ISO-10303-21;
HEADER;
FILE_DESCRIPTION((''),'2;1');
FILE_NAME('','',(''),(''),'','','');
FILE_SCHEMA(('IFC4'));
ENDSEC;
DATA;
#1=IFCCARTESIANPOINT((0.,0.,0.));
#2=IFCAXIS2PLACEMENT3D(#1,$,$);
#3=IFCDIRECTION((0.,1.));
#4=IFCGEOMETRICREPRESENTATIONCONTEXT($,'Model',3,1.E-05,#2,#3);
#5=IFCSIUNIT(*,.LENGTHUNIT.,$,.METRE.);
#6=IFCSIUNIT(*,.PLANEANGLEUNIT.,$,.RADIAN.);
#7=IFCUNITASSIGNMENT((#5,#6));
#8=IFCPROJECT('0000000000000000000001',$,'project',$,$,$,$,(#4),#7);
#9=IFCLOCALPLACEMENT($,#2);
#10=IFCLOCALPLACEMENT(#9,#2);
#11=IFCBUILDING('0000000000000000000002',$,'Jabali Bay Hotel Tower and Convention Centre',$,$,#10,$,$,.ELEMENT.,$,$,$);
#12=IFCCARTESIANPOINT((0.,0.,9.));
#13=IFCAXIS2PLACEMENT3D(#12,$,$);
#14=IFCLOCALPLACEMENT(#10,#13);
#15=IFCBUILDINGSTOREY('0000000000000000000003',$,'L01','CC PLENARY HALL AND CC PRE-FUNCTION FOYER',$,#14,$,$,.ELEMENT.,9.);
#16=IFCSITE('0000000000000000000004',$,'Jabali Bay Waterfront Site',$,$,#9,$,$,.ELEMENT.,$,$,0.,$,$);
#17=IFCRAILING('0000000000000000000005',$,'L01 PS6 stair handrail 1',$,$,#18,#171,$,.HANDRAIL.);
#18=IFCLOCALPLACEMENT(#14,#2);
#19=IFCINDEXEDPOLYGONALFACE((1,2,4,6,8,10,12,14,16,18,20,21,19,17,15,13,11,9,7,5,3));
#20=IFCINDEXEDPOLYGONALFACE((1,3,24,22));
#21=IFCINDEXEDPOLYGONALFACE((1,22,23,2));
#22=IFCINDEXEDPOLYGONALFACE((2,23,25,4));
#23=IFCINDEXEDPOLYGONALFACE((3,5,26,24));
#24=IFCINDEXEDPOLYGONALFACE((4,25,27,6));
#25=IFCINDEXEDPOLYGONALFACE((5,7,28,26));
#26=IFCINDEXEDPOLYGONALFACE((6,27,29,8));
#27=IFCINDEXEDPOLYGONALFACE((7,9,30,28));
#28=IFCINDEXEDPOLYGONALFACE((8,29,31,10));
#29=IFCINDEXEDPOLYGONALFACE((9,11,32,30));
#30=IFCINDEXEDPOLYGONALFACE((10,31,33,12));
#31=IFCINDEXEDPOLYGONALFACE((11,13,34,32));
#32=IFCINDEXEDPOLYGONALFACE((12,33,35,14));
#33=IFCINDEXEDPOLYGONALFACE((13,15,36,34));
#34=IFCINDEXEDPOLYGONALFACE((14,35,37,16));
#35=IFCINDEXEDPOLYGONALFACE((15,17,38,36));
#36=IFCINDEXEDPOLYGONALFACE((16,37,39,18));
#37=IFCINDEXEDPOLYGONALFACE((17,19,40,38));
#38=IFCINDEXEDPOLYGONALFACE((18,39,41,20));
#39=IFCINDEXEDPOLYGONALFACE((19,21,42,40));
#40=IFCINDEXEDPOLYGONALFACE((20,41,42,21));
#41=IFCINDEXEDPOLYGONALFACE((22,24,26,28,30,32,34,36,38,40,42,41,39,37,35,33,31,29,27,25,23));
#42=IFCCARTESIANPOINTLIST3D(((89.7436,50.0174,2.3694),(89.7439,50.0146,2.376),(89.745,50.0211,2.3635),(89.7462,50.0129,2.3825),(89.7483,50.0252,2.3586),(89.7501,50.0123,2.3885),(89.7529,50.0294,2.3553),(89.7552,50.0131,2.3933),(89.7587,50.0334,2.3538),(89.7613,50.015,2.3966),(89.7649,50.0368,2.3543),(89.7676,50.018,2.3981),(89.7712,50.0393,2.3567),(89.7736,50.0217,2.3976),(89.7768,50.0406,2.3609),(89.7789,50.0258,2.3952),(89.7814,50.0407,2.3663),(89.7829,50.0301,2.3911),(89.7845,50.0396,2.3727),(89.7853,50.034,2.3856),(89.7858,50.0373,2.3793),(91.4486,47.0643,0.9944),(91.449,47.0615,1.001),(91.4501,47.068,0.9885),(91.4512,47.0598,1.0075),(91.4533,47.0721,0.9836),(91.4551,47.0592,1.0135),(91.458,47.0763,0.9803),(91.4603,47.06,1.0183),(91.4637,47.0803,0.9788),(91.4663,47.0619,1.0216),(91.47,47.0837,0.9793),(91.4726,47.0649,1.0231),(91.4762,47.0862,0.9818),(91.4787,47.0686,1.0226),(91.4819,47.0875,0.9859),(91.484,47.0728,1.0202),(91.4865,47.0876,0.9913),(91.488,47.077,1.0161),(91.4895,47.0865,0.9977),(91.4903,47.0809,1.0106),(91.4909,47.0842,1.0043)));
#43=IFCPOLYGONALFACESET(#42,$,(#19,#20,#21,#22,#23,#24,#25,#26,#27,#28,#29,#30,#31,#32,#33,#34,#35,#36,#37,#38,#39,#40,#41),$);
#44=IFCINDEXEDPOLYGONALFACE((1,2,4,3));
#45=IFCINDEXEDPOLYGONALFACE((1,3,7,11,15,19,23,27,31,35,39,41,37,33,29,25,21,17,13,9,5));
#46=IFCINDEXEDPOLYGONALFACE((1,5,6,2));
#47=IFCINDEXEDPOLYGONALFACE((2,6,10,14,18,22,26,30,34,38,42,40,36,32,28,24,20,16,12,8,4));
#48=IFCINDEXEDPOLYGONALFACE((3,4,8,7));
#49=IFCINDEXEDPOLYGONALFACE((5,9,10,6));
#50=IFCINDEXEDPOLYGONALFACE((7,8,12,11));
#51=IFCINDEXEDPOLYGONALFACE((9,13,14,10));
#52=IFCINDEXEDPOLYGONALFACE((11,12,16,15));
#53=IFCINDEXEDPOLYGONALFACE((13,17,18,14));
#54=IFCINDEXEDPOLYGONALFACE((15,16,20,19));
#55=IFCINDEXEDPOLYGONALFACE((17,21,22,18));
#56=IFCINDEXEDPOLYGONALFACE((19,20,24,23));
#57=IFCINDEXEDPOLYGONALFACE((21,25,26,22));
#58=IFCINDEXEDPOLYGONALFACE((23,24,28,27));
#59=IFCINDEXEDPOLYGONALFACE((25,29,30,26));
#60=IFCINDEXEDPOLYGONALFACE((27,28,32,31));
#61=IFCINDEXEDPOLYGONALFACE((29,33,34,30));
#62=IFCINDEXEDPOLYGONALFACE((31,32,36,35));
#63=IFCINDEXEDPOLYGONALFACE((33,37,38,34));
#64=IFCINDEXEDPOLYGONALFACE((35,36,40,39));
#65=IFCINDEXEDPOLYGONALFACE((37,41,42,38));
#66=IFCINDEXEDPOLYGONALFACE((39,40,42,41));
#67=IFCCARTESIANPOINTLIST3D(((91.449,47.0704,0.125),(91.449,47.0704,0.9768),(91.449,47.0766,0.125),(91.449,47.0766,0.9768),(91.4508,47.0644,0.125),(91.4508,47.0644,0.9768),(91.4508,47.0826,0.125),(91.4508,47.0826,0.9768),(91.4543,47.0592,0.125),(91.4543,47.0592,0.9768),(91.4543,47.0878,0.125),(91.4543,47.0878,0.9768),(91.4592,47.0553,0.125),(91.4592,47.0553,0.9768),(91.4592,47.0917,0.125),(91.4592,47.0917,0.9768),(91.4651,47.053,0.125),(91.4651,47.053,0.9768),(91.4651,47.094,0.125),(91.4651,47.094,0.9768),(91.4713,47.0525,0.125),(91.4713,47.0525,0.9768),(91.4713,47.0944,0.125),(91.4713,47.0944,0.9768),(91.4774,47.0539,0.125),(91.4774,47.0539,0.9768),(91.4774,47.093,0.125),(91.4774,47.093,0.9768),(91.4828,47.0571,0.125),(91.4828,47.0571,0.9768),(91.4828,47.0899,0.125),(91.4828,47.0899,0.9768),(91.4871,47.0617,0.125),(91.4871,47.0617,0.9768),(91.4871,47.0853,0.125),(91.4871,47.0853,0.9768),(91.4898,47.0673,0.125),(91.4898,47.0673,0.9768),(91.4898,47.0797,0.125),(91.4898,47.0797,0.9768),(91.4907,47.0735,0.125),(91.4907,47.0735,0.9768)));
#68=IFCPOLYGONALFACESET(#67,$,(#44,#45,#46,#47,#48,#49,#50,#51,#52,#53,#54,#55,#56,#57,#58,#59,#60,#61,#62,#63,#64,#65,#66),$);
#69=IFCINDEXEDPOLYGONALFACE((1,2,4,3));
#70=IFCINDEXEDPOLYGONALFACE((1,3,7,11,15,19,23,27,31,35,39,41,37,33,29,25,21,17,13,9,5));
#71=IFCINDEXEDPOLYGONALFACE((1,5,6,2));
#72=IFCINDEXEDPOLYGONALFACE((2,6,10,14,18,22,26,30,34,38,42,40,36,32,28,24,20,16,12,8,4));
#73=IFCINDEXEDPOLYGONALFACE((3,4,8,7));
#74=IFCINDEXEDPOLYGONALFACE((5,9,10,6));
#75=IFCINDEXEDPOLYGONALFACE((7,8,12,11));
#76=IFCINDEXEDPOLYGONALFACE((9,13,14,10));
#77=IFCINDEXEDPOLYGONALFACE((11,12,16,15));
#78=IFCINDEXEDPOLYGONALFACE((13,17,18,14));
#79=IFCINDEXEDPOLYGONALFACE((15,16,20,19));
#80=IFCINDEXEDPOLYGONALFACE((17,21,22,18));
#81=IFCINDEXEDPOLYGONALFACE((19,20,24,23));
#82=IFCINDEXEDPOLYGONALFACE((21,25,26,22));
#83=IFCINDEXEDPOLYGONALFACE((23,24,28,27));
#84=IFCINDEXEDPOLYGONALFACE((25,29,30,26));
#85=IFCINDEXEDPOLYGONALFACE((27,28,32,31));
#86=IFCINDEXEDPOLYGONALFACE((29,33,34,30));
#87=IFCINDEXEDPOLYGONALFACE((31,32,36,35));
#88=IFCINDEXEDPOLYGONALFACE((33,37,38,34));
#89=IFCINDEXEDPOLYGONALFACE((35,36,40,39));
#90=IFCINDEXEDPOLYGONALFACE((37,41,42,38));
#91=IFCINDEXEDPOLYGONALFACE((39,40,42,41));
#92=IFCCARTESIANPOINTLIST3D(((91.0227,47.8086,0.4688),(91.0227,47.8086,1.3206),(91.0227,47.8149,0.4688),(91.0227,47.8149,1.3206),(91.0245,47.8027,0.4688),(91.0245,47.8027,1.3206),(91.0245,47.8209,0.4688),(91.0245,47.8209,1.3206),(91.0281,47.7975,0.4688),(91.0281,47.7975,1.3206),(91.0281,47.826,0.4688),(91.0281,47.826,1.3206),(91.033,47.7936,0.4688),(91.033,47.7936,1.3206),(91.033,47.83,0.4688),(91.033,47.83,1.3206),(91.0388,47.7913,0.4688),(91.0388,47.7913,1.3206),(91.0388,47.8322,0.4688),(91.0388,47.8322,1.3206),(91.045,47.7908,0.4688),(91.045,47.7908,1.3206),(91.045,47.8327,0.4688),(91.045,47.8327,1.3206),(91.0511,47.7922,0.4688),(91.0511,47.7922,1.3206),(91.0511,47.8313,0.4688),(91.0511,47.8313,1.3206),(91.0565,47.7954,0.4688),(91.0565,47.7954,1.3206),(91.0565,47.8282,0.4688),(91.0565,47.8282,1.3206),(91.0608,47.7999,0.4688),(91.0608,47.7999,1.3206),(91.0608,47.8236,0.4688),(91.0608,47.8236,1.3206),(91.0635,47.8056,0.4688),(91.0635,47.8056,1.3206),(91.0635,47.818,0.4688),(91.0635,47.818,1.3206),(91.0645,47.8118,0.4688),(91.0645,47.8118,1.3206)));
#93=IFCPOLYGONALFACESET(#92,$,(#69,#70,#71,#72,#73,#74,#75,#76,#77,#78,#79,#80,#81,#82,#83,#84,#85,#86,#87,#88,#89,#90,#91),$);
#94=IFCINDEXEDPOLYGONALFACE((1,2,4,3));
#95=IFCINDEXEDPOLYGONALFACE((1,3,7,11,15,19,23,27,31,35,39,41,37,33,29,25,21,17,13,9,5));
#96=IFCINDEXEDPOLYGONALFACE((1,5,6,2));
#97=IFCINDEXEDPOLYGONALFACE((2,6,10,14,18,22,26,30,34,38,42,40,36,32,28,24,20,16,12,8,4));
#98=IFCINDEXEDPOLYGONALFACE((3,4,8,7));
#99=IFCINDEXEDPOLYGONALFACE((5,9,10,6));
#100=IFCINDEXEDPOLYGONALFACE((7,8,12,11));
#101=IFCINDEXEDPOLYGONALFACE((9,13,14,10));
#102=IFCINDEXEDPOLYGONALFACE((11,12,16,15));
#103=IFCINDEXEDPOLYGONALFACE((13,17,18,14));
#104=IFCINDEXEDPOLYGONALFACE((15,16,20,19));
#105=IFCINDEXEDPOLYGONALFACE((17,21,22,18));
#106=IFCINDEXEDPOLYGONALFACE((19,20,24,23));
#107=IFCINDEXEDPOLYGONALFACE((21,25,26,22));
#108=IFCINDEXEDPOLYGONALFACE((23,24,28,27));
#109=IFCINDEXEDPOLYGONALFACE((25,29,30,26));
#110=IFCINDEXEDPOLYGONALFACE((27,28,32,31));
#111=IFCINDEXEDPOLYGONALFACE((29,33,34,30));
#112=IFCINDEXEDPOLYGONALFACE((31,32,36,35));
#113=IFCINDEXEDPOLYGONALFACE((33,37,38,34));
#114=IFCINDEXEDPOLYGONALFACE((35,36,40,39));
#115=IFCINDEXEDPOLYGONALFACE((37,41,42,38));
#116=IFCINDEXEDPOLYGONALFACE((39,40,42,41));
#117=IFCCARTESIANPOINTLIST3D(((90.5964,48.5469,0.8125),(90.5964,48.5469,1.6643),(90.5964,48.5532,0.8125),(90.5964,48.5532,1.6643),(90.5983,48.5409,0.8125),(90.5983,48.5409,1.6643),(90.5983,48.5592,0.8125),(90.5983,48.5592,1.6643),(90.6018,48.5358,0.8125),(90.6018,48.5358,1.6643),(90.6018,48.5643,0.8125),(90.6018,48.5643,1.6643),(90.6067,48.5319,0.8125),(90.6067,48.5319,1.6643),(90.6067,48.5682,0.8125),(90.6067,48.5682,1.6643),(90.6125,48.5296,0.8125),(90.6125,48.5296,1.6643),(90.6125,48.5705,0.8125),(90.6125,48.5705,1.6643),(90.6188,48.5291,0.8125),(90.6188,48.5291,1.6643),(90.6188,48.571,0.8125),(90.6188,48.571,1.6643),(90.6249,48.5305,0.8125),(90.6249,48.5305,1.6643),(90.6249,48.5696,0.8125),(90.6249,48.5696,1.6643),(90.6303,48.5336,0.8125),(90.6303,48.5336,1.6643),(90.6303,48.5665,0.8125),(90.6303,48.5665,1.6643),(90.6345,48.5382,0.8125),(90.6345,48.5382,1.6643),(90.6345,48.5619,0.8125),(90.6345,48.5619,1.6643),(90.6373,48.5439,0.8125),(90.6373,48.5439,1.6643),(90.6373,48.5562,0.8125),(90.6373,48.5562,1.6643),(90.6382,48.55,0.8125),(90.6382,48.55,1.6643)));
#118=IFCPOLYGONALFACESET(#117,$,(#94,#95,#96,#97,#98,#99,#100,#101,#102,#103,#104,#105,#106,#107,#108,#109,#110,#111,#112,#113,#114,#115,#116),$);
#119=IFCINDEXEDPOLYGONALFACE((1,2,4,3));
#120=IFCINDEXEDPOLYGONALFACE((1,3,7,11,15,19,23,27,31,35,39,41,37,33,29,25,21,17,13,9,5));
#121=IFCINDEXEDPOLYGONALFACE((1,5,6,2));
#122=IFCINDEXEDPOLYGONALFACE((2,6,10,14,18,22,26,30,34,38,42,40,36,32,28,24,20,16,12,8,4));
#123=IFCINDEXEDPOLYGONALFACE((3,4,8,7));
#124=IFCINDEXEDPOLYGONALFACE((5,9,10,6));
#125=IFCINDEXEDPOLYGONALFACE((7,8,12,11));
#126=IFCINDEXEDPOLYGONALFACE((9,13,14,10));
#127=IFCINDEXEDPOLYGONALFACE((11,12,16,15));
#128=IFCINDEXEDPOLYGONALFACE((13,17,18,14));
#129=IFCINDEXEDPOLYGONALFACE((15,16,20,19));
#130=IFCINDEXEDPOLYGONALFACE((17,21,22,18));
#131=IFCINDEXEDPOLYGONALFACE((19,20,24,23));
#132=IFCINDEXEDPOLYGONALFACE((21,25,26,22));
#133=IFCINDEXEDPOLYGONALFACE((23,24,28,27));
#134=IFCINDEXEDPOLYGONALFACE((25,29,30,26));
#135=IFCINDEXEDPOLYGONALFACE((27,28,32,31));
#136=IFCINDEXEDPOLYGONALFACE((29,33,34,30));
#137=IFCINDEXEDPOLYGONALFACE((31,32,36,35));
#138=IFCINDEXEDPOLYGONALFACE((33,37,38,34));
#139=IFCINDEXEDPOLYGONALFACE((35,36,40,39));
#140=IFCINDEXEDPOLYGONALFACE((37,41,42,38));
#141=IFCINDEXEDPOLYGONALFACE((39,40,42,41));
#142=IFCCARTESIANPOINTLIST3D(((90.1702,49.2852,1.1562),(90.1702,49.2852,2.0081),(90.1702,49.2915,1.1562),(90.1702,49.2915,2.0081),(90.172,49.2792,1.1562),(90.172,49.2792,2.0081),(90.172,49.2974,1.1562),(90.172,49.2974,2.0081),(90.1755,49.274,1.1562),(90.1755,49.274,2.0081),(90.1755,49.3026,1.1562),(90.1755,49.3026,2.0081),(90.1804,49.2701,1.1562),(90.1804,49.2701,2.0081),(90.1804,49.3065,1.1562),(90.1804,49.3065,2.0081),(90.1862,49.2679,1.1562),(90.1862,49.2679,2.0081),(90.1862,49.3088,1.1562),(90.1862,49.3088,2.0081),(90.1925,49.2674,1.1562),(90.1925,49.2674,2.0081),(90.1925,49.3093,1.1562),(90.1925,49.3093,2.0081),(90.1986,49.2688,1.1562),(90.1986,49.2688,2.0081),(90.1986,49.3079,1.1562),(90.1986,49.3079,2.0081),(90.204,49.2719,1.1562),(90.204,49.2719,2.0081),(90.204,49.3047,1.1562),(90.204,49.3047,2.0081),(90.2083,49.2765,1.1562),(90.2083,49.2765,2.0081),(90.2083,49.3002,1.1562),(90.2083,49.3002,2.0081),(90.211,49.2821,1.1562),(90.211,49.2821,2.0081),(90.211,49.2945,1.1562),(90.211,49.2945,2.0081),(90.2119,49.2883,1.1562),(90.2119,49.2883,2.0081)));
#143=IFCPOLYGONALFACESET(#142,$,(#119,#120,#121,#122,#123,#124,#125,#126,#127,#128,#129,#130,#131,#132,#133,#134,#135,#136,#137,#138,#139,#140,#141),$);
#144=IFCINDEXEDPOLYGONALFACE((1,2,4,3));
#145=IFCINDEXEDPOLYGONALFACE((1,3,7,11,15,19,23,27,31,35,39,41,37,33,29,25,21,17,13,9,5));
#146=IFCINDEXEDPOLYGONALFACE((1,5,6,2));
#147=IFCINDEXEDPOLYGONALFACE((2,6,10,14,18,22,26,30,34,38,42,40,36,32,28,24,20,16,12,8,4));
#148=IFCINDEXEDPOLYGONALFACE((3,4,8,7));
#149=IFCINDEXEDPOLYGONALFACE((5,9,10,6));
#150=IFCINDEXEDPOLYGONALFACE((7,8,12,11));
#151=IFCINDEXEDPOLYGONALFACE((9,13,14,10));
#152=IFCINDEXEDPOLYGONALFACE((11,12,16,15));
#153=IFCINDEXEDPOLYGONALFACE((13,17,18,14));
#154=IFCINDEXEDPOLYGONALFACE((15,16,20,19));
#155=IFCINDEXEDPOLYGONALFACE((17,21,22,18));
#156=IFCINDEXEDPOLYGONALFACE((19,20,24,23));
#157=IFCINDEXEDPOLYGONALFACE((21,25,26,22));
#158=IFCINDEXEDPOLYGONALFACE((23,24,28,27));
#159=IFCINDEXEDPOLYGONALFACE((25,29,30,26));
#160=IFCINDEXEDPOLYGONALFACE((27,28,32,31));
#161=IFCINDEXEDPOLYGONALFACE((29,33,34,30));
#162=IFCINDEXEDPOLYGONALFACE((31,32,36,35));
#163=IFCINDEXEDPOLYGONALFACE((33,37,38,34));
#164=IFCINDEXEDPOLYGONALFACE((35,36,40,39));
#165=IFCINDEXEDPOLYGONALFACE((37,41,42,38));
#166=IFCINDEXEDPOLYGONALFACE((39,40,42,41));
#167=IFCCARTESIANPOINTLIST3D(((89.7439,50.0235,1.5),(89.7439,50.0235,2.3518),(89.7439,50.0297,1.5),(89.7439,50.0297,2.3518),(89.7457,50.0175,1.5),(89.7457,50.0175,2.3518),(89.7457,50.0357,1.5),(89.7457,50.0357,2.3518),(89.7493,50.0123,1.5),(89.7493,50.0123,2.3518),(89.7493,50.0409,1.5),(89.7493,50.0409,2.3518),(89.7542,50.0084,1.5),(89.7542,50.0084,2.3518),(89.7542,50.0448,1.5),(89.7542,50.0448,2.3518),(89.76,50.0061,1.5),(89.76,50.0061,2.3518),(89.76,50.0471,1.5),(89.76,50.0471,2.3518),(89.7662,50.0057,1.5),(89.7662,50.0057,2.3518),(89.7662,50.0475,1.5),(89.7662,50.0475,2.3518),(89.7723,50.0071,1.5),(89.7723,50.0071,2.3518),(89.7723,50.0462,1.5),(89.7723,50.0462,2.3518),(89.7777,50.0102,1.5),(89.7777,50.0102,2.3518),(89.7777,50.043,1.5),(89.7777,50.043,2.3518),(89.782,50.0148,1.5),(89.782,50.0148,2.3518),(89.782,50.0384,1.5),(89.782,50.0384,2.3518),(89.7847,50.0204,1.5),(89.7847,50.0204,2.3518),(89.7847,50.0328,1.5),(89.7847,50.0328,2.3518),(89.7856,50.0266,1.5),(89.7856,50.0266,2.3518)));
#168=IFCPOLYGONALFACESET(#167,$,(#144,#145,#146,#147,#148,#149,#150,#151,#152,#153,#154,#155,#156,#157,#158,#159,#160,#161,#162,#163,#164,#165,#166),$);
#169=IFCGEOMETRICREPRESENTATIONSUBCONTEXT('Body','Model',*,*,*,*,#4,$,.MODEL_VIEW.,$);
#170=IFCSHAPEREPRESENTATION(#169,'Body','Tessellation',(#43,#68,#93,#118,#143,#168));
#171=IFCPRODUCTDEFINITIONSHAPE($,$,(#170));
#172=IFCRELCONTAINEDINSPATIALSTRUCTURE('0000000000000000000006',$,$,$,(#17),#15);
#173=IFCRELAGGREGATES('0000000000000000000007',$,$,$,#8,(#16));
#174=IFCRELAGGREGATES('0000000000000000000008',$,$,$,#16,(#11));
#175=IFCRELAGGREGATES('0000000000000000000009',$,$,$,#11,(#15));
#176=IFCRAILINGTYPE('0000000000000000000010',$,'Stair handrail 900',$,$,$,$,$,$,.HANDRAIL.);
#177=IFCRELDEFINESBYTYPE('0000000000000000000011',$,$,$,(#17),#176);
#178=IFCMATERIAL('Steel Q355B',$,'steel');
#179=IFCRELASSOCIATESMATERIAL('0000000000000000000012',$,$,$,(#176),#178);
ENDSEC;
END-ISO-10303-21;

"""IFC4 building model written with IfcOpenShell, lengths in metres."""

from ifc_helpers import new_model, si_unit, direction, frame, origin, origin_2d, place, context, subcontext, project, spatial, circle, extrude, material, type_object, element, save


model = new_model("IFC4")

# Units and contexts
model_context = context("Model", 3, precision=1e-05, world=origin(), true_north=direction((0.0, 1.0)))
body_context = subcontext(model_context, "Body", "Model", "MODEL_VIEW")
ifc_project = project(units=[si_unit("LENGTHUNIT", "METRE"), si_unit("PLANEANGLEUNIT", "RADIAN")], contexts=[model_context])

# Site, building, storey
site_placement = place(None, origin())
site = spatial("IfcSite", under=ifc_project, at=site_placement, Name="Jabali Bay Waterfront Site", CompositionType="ELEMENT", RefElevation=0.0)
building_placement = place(site_placement, origin())
building = spatial("IfcBuilding", under=site, at=building_placement, Name="Jabali Bay Hotel Tower and Convention Centre", CompositionType="ELEMENT")
storey_placement = place(building_placement, frame((0.0, 0.0, 9.0)))
storey = spatial("IfcBuildingStorey", under=building, at=storey_placement, Name="L01", Description="CC PLENARY HALL AND CC PRE-FUNCTION FOYER", CompositionType="ELEMENT", Elevation=9.0)

# Railing
ifc_material_1 = material(Name="Steel Q355B", Category="steel")
railing_type_1 = type_object("IfcRailingType", Name="Stair handrail 900", PredefinedType="HANDRAIL", material=ifc_material_1)
for number, where, name in (
    (1, (91.4697, 47.0735, 0.125), "L01 PS6 stair handrail 1"),
):
    element("IfcRailing", number, at=place(storey_placement, frame(where)), inside=storey, type_object=railing_type_1, Name=name, PredefinedType="HANDRAIL", context=body_context, shape_type="SweptSolid", body=[
        extrude(circle(Radius=0.0239, at=origin_2d()), frame((0.0, 0.0, 0.876), z_axis=(-0.46374, 0.803178, 0.373966), x_axis=(-0.866014, -0.50002, 0.0)), (0.0, 0.0, 1.0), 3.6768),
        extrude(circle(Radius=0.021, at=origin_2d()), origin(), (0.0, 0.0, 1.0), 0.8518),
        extrude(circle(Radius=0.021, at=origin_2d()), frame((-0.4263, 0.7383, 0.3438)), (0.0, 0.0, 1.0), 0.8518),
        extrude(circle(Radius=0.021, at=origin_2d()), frame((-0.8525, 1.4766, 0.6875)), (0.0, 0.0, 1.0), 0.8518),
        extrude(circle(Radius=0.021, at=origin_2d()), frame((-1.2788, 2.2148, 1.0312)), (0.0, 0.0, 1.0), 0.8518),
        extrude(circle(Radius=0.021, at=origin_2d()), frame((-1.7051, 2.9531, 1.375)), (0.0, 0.0, 1.0), 0.8518),
    ])

save(model, "model.ifc")
